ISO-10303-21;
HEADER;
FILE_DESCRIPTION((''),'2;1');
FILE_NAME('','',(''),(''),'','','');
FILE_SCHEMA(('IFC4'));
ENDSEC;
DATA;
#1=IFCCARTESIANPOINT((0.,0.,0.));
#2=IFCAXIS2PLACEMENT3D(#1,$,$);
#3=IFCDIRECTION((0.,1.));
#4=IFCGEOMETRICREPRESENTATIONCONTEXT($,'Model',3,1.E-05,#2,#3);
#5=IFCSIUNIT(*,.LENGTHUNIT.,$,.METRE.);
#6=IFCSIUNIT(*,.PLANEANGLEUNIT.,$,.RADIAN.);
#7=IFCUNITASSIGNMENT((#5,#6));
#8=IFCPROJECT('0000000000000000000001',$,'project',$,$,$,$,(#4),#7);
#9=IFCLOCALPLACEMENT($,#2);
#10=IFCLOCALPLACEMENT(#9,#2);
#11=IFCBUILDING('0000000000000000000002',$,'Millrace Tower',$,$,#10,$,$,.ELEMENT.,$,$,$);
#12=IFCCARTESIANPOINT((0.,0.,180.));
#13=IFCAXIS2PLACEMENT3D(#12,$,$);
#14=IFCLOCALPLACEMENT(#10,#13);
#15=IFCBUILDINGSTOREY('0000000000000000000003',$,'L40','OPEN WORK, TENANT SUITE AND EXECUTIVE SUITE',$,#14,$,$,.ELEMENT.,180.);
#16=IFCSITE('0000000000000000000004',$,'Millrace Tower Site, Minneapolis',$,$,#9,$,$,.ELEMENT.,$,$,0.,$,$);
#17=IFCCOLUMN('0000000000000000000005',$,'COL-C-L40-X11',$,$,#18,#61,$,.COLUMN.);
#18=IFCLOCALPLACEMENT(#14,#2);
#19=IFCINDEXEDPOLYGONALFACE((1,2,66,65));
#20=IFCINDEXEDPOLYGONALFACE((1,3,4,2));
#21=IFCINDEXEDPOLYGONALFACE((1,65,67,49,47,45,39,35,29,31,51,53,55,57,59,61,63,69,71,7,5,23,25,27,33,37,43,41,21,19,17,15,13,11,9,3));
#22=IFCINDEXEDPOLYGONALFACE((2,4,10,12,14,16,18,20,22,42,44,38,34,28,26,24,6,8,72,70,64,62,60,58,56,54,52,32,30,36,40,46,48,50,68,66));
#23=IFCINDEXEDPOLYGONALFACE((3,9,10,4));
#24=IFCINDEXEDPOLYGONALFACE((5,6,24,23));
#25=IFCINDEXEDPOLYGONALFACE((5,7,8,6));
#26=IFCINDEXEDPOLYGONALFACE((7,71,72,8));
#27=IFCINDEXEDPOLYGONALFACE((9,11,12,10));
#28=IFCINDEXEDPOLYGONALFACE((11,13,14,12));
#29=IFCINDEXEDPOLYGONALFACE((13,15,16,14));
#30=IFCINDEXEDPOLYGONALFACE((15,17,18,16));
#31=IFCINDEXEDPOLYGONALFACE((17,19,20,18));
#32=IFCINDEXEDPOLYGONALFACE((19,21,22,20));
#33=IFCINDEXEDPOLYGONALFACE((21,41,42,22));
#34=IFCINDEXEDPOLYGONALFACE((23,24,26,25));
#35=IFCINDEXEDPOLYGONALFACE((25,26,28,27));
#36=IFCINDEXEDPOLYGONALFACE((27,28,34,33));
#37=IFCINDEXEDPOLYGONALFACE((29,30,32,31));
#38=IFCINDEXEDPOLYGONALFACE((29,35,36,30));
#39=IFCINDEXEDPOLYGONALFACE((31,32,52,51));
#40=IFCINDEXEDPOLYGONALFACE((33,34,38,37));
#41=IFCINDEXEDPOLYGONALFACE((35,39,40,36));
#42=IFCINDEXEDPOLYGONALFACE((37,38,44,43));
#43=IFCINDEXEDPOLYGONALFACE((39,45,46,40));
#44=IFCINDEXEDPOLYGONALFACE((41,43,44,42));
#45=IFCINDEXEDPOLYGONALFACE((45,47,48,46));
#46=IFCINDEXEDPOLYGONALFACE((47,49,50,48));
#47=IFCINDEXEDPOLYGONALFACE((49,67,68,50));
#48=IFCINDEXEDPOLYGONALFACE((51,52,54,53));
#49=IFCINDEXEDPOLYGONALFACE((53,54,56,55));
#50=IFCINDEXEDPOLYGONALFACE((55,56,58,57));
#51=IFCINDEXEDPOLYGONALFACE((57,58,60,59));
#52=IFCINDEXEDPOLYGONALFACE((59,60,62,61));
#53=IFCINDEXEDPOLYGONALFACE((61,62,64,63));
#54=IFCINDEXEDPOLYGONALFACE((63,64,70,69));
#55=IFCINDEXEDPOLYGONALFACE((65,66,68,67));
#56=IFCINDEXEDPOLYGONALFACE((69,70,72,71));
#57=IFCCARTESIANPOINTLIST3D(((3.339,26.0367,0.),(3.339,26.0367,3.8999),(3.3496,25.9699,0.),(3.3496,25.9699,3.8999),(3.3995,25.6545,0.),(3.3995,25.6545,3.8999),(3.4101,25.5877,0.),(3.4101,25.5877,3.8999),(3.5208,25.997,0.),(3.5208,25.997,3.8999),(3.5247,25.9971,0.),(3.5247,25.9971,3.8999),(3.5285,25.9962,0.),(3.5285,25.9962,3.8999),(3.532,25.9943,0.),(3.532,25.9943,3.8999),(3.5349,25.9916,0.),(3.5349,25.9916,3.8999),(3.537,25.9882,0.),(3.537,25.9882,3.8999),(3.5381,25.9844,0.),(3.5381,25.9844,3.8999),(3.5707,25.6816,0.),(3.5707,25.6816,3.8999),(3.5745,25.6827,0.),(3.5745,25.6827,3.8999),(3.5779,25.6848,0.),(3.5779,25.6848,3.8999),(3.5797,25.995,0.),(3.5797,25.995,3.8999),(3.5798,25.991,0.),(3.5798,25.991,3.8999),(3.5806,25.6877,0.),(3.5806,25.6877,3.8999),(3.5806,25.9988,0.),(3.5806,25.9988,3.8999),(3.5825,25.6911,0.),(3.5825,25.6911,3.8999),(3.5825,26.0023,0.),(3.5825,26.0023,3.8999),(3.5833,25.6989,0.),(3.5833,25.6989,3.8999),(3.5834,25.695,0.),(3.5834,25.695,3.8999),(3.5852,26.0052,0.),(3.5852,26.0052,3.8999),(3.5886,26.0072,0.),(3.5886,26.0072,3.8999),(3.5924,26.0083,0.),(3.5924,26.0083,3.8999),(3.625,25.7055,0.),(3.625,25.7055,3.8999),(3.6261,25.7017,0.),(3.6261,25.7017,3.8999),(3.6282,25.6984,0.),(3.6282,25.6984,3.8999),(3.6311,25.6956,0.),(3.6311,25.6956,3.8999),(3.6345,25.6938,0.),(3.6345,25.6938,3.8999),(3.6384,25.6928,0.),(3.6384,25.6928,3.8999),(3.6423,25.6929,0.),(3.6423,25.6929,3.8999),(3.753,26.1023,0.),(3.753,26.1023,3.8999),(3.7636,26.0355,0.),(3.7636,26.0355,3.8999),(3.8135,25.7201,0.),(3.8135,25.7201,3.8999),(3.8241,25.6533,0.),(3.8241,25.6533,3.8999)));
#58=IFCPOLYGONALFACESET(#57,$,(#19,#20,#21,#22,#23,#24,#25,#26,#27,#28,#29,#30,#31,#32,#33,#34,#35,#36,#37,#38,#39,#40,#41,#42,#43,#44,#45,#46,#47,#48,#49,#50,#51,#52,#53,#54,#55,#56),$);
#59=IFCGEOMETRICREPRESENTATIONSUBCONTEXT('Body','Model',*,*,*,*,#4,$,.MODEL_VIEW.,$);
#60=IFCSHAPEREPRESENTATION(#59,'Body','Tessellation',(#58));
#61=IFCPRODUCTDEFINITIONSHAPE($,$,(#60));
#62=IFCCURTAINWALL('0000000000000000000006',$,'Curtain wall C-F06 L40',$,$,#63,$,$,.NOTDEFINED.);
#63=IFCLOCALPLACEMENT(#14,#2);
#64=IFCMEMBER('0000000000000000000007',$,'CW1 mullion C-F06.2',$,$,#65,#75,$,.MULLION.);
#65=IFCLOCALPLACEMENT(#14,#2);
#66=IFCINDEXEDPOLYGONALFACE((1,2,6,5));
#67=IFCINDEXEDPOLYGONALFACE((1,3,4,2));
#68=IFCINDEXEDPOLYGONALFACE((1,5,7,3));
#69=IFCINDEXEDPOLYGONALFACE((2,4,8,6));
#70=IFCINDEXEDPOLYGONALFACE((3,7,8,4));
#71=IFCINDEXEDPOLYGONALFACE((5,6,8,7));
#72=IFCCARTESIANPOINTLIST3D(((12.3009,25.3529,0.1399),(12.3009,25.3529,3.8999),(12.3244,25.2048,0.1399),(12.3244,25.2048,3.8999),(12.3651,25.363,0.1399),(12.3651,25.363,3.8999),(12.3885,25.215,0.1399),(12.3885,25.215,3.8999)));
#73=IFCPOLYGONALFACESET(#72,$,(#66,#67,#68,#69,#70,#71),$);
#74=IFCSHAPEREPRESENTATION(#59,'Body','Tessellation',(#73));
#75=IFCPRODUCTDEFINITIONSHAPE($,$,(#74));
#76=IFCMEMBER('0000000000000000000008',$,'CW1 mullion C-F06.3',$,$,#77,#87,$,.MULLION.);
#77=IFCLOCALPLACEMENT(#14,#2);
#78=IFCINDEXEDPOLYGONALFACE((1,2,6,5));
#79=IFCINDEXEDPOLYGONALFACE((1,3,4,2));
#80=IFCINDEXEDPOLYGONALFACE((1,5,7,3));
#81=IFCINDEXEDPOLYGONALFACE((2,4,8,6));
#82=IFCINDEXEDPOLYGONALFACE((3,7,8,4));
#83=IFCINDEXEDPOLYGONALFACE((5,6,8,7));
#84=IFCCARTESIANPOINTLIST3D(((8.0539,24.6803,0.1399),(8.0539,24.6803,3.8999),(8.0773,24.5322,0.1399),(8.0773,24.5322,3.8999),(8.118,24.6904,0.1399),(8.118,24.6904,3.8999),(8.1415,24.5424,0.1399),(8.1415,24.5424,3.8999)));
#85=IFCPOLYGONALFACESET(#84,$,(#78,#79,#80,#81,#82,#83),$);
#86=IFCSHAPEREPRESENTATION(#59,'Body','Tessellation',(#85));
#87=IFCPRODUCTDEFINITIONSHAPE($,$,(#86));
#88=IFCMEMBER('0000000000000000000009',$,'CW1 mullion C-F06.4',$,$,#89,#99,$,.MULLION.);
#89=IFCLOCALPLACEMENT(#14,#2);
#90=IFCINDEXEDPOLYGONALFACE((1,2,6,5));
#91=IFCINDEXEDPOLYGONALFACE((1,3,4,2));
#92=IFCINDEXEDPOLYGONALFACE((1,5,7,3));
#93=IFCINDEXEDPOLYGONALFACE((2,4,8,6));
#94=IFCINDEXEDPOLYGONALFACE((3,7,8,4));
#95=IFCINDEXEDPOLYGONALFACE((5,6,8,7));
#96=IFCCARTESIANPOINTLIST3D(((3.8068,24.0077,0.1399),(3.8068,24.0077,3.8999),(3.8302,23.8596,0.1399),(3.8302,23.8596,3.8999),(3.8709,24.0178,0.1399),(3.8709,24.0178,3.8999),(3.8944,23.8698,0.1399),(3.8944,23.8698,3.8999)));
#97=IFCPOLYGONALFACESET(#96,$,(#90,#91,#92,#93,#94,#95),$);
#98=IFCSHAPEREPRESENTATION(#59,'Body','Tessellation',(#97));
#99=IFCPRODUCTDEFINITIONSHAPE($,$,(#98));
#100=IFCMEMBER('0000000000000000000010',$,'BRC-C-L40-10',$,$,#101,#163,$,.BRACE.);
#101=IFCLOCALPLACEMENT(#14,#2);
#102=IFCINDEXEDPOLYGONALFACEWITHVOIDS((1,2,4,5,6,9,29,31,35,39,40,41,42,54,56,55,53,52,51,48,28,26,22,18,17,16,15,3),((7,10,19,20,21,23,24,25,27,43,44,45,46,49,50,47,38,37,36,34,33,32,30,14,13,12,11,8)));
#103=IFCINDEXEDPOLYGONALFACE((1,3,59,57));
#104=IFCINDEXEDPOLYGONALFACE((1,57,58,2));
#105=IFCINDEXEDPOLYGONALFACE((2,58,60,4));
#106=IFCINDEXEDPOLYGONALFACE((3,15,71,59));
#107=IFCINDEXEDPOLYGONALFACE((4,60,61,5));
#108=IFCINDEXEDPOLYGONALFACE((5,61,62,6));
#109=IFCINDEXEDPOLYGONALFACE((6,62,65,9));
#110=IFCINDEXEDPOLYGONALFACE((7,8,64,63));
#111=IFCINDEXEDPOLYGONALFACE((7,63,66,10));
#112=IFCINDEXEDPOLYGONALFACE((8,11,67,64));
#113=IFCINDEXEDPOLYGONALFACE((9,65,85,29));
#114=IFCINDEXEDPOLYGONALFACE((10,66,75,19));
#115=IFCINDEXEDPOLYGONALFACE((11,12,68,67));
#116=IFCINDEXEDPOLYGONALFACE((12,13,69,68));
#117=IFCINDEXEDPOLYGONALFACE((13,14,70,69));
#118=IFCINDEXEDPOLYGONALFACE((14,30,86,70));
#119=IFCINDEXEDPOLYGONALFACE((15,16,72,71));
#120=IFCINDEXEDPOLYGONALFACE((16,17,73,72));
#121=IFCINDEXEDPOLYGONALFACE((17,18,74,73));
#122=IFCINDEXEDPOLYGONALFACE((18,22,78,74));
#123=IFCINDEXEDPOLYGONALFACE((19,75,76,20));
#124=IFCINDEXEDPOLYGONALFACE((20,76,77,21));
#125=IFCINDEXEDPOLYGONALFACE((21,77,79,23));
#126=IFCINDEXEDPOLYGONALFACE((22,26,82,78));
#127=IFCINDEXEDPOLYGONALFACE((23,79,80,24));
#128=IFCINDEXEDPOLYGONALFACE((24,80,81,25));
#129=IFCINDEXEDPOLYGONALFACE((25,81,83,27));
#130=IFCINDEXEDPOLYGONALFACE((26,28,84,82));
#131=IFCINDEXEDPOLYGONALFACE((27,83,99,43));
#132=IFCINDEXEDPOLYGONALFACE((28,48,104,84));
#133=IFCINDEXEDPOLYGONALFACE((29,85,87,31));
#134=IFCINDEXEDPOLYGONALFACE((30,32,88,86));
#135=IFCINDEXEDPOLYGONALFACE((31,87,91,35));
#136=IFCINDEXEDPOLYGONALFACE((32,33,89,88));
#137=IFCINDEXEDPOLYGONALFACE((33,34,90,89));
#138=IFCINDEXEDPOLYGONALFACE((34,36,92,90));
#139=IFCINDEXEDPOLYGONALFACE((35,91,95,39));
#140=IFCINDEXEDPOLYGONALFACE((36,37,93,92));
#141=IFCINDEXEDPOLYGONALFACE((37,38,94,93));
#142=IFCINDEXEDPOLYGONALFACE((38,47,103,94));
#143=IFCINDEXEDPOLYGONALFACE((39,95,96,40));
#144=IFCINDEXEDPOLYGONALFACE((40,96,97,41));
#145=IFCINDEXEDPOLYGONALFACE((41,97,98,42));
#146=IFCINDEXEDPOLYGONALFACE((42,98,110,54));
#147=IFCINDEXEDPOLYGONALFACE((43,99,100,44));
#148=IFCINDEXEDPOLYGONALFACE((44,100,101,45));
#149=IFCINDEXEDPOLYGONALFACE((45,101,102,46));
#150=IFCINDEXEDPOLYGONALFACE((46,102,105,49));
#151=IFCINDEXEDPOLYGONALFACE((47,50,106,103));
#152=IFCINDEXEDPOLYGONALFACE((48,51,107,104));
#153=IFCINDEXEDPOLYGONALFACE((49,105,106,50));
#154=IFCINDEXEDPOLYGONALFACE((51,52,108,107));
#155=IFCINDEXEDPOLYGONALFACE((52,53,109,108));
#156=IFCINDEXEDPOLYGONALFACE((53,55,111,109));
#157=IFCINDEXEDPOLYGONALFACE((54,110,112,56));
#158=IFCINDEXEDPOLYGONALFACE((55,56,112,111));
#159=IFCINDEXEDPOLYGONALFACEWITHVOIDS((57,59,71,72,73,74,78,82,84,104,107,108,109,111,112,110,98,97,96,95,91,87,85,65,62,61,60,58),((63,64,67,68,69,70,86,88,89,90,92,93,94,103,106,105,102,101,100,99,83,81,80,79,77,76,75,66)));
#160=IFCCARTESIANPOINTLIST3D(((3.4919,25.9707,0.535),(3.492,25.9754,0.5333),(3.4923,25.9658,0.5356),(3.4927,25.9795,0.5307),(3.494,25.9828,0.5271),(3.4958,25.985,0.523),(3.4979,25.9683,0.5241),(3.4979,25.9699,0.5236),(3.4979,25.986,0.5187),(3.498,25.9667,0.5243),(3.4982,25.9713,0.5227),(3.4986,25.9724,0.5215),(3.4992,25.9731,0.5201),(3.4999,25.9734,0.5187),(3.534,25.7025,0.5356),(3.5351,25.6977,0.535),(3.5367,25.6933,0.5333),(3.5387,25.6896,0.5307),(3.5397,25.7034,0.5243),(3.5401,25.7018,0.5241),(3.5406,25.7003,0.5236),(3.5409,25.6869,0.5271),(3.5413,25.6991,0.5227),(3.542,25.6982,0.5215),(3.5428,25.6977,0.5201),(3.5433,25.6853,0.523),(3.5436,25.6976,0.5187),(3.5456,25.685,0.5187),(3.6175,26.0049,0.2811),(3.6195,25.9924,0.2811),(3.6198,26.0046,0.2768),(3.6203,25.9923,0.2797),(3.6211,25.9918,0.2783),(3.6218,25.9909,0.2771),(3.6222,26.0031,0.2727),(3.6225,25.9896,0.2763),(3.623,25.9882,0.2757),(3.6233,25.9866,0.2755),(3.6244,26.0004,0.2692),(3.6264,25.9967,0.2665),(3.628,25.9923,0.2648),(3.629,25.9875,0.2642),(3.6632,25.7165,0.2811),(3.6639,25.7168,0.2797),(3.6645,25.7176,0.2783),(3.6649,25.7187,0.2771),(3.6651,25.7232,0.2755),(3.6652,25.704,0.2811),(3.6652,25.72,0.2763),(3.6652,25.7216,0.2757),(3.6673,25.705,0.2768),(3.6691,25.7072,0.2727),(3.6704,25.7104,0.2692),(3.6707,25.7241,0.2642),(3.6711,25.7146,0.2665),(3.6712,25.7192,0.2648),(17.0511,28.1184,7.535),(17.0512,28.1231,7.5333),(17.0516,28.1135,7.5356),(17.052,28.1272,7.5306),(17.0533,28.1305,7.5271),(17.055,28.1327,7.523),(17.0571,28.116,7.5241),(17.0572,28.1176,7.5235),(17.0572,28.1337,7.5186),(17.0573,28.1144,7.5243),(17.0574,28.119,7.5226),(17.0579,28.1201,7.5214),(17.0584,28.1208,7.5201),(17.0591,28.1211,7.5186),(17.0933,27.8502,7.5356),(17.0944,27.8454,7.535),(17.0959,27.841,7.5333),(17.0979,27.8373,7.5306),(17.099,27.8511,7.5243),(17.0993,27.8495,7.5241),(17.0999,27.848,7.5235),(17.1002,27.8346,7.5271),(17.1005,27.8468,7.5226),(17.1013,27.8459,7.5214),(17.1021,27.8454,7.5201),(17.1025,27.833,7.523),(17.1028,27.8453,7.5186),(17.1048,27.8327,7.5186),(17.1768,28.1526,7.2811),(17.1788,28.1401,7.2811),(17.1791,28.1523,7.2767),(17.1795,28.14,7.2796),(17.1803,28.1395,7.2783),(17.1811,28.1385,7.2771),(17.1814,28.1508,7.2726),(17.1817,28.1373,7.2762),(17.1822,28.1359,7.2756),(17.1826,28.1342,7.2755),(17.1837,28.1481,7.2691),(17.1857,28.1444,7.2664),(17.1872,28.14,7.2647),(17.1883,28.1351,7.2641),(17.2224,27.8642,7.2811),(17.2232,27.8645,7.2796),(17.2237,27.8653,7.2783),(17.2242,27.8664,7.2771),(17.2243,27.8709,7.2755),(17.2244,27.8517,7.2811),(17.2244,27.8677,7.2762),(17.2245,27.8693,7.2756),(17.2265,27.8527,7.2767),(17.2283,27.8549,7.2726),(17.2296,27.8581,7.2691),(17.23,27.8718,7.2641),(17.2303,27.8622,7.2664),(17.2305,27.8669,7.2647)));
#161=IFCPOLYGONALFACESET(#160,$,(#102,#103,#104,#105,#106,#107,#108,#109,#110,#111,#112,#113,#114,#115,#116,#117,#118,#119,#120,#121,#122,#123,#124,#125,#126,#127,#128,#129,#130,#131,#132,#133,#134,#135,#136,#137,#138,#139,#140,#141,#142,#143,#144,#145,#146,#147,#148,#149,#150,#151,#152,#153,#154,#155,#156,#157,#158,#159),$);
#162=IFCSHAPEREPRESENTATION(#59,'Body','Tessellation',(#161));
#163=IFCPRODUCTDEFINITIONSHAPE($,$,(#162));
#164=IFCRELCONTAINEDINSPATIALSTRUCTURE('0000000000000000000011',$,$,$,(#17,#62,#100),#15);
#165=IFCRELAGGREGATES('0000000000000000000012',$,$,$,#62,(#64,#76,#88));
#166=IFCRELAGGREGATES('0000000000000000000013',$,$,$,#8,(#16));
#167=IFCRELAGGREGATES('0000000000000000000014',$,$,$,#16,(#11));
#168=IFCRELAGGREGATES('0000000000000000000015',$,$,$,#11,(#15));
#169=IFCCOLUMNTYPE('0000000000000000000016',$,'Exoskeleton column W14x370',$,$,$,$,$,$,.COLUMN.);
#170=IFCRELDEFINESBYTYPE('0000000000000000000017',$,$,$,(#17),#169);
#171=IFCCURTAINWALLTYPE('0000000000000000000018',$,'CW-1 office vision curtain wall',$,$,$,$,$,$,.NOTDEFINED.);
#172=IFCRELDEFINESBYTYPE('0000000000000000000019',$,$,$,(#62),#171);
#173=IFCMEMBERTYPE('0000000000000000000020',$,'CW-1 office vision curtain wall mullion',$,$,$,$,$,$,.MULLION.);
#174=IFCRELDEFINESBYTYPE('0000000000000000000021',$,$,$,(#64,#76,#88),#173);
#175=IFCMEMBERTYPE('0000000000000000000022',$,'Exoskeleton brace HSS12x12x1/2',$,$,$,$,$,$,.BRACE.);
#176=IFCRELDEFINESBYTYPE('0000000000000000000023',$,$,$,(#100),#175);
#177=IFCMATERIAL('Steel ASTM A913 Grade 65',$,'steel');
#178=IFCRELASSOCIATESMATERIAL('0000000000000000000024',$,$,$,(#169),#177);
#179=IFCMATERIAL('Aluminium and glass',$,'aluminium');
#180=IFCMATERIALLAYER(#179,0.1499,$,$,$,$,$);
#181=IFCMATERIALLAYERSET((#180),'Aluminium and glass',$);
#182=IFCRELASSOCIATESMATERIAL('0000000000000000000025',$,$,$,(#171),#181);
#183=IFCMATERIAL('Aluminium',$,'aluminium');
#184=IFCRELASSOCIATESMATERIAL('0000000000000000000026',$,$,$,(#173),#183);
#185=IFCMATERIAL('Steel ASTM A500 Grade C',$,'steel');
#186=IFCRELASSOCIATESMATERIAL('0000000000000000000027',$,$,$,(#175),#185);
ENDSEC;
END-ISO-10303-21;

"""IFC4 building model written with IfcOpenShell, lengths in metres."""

from ifc_helpers import new_model, si_unit, direction, frame, origin, origin_2d, place, context, subcontext, project, spatial, rectangle, hollow_rectangle, i_section, extrude, material, layer, layer_set, material_profile, profile_set, type_object, element, aggregate, save


model = new_model("IFC4")

# Units and contexts
model_context = context("Model", 3, precision=1e-05, world=origin(), true_north=direction((0.0, 1.0)))
body_context = subcontext(model_context, "Body", "Model", "MODEL_VIEW")
ifc_project = project(units=[si_unit("LENGTHUNIT", "METRE"), si_unit("PLANEANGLEUNIT", "RADIAN")], contexts=[model_context])

# Site, building, storey
site_placement = place(None, origin())
site = spatial("IfcSite", under=ifc_project, at=site_placement, Name="Millrace Tower Site, Minneapolis", CompositionType="ELEMENT", RefElevation=0.0)
building_placement = place(site_placement, origin())
building = spatial("IfcBuilding", under=site, at=building_placement, Name="Millrace Tower", CompositionType="ELEMENT")
storey_placement = place(building_placement, frame((0.0, 0.0, 180.0)))
storey = spatial("IfcBuildingStorey", under=building, at=storey_placement, Name="L40", Description="OPEN WORK, TENANT SUITE AND EXECUTIVE SUITE", CompositionType="ELEMENT", Elevation=180.0)

# Column
ifc_material_1 = material(Name="Steel ASTM A913 Grade 65", Category="steel")
ifc_material_profile_1 = material_profile(ifc_material_1, i_section(OverallWidth=0.4192, OverallDepth=0.4546, WebThickness=0.0422, FlangeThickness=0.0676, FilletRadius=0.0151, at=origin_2d()))
ifc_profile_set_1 = profile_set([ifc_material_profile_1], Name="Steel ASTM A913 Grade 65")
column_type = type_object("IfcColumnType", Name="Exoskeleton column W14x370", PredefinedType="COLUMN", material=ifc_profile_set_1)
column_placement = place(storey_placement, frame((3.5815, 25.845, 0.0), z_axis=(0.0, 0.0, 1.0), x_axis=(-0.987688, -0.156434, 0.0)))
element("IfcColumn", 1, at=column_placement, inside=storey, type_object=column_type, Name="COL-C-L40-X11", PredefinedType="COLUMN", context=body_context, shape_type="SweptSolid", body=[
    extrude(i_section(OverallWidth=0.4192, OverallDepth=0.4546, WebThickness=0.0422, FlangeThickness=0.0676, FilletRadius=0.0151, at=origin_2d()), origin(), (0.0, 0.0, 1.0), 3.8999),
])

# Curtain wall, members
ifc_material_2 = material(Name="Aluminium and glass", Category="aluminium")
ifc_layer_1 = layer(ifc_material_2, 0.1499)
ifc_layer_set_1 = layer_set([ifc_layer_1], Name="Aluminium and glass")
curtain_wall_type = type_object("IfcCurtainWallType", Name="CW-1 office vision curtain wall", PredefinedType="NOTDEFINED", material=ifc_layer_set_1)
curtain_wall_placement = place(storey_placement, origin())
curtain_wall = element("IfcCurtainWall", 2, at=curtain_wall_placement, inside=storey, type_object=curtain_wall_type, Name="Curtain wall C-F06 L40", PredefinedType="NOTDEFINED")
ifc_material_3 = material(Name="Aluminium", Category="aluminium")
ifc_material_profile_2 = material_profile(ifc_material_3, rectangle(XDim=0.0649, YDim=0.1499, at=origin_2d()))
ifc_profile_set_2 = profile_set([ifc_material_profile_2], Name="Aluminium")
member_type_1 = type_object("IfcMemberType", Name="CW-1 office vision curtain wall mullion", PredefinedType="MULLION", material=ifc_profile_set_2)
member_1_placement = place(storey_placement, frame((12.3447, 25.2839, 0.1399), z_axis=(0.0, 0.0, 1.0), x_axis=(-0.987688, -0.156434, 0.0)))
member_1 = element("IfcMember", 3, at=member_1_placement, type_object=member_type_1, Name="CW1 mullion C-F06.2", PredefinedType="MULLION", context=body_context, shape_type="SweptSolid", body=[
    extrude(rectangle(XDim=0.0649, YDim=0.1499, at=origin_2d()), origin(), (0.0, 0.0, 1.0), 3.76),
])
member_2_placement = place(storey_placement, frame((8.0977, 24.6113, 0.1399), z_axis=(0.0, 0.0, 1.0), x_axis=(-0.987688, -0.156434, 0.0)))
member_2 = element("IfcMember", 4, at=member_2_placement, type_object=member_type_1, Name="CW1 mullion C-F06.3", PredefinedType="MULLION", context=body_context, shape_type="SweptSolid", body=[
    extrude(rectangle(XDim=0.0649, YDim=0.1499, at=origin_2d()), origin(), (0.0, 0.0, 1.0), 3.76),
])
member_3_placement = place(storey_placement, frame((3.8506, 23.9387, 0.1399), z_axis=(0.0, 0.0, 1.0), x_axis=(-0.987688, -0.156434, 0.0)))
member_3 = element("IfcMember", 5, at=member_3_placement, type_object=member_type_1, Name="CW1 mullion C-F06.4", PredefinedType="MULLION", context=body_context, shape_type="SweptSolid", body=[
    extrude(rectangle(XDim=0.0649, YDim=0.1499, at=origin_2d()), origin(), (0.0, 0.0, 1.0), 3.76),
])
aggregate(curtain_wall, [member_1, member_2, member_3])

# Member
ifc_material_4 = material(Name="Steel ASTM A500 Grade C", Category="steel")
ifc_material_profile_3 = material_profile(ifc_material_4, hollow_rectangle(XDim=0.3047, YDim=0.3047, WallThickness=0.0127, InnerFilletRadius=0.0063, OuterFilletRadius=0.019, at=origin_2d()))
ifc_profile_set_3 = profile_set([ifc_material_profile_3], Name="Steel ASTM A500 Grade C")
member_type_2 = type_object("IfcMemberType", Name="Exoskeleton brace HSS12x12x1/2", PredefinedType="BRACE", material=ifc_profile_set_3)
member_4_placement = place(storey_placement, frame((3.5815, 25.845, 0.3999), z_axis=(0.879905, 0.139371, 0.454251), x_axis=(-0.156443, 0.987687, 0.0)))
element("IfcMember", 6, at=member_4_placement, inside=storey, type_object=member_type_2, Name="BRC-C-L40-10", PredefinedType="BRACE", context=body_context, shape_type="SweptSolid", body=[
    extrude(hollow_rectangle(XDim=0.3047, YDim=0.3047, WallThickness=0.0127, InnerFilletRadius=0.0063, OuterFilletRadius=0.019, at=origin_2d()), origin(), (0.0, 0.0, 1.0), 15.4099),
])

save(model, "model.ifc")
